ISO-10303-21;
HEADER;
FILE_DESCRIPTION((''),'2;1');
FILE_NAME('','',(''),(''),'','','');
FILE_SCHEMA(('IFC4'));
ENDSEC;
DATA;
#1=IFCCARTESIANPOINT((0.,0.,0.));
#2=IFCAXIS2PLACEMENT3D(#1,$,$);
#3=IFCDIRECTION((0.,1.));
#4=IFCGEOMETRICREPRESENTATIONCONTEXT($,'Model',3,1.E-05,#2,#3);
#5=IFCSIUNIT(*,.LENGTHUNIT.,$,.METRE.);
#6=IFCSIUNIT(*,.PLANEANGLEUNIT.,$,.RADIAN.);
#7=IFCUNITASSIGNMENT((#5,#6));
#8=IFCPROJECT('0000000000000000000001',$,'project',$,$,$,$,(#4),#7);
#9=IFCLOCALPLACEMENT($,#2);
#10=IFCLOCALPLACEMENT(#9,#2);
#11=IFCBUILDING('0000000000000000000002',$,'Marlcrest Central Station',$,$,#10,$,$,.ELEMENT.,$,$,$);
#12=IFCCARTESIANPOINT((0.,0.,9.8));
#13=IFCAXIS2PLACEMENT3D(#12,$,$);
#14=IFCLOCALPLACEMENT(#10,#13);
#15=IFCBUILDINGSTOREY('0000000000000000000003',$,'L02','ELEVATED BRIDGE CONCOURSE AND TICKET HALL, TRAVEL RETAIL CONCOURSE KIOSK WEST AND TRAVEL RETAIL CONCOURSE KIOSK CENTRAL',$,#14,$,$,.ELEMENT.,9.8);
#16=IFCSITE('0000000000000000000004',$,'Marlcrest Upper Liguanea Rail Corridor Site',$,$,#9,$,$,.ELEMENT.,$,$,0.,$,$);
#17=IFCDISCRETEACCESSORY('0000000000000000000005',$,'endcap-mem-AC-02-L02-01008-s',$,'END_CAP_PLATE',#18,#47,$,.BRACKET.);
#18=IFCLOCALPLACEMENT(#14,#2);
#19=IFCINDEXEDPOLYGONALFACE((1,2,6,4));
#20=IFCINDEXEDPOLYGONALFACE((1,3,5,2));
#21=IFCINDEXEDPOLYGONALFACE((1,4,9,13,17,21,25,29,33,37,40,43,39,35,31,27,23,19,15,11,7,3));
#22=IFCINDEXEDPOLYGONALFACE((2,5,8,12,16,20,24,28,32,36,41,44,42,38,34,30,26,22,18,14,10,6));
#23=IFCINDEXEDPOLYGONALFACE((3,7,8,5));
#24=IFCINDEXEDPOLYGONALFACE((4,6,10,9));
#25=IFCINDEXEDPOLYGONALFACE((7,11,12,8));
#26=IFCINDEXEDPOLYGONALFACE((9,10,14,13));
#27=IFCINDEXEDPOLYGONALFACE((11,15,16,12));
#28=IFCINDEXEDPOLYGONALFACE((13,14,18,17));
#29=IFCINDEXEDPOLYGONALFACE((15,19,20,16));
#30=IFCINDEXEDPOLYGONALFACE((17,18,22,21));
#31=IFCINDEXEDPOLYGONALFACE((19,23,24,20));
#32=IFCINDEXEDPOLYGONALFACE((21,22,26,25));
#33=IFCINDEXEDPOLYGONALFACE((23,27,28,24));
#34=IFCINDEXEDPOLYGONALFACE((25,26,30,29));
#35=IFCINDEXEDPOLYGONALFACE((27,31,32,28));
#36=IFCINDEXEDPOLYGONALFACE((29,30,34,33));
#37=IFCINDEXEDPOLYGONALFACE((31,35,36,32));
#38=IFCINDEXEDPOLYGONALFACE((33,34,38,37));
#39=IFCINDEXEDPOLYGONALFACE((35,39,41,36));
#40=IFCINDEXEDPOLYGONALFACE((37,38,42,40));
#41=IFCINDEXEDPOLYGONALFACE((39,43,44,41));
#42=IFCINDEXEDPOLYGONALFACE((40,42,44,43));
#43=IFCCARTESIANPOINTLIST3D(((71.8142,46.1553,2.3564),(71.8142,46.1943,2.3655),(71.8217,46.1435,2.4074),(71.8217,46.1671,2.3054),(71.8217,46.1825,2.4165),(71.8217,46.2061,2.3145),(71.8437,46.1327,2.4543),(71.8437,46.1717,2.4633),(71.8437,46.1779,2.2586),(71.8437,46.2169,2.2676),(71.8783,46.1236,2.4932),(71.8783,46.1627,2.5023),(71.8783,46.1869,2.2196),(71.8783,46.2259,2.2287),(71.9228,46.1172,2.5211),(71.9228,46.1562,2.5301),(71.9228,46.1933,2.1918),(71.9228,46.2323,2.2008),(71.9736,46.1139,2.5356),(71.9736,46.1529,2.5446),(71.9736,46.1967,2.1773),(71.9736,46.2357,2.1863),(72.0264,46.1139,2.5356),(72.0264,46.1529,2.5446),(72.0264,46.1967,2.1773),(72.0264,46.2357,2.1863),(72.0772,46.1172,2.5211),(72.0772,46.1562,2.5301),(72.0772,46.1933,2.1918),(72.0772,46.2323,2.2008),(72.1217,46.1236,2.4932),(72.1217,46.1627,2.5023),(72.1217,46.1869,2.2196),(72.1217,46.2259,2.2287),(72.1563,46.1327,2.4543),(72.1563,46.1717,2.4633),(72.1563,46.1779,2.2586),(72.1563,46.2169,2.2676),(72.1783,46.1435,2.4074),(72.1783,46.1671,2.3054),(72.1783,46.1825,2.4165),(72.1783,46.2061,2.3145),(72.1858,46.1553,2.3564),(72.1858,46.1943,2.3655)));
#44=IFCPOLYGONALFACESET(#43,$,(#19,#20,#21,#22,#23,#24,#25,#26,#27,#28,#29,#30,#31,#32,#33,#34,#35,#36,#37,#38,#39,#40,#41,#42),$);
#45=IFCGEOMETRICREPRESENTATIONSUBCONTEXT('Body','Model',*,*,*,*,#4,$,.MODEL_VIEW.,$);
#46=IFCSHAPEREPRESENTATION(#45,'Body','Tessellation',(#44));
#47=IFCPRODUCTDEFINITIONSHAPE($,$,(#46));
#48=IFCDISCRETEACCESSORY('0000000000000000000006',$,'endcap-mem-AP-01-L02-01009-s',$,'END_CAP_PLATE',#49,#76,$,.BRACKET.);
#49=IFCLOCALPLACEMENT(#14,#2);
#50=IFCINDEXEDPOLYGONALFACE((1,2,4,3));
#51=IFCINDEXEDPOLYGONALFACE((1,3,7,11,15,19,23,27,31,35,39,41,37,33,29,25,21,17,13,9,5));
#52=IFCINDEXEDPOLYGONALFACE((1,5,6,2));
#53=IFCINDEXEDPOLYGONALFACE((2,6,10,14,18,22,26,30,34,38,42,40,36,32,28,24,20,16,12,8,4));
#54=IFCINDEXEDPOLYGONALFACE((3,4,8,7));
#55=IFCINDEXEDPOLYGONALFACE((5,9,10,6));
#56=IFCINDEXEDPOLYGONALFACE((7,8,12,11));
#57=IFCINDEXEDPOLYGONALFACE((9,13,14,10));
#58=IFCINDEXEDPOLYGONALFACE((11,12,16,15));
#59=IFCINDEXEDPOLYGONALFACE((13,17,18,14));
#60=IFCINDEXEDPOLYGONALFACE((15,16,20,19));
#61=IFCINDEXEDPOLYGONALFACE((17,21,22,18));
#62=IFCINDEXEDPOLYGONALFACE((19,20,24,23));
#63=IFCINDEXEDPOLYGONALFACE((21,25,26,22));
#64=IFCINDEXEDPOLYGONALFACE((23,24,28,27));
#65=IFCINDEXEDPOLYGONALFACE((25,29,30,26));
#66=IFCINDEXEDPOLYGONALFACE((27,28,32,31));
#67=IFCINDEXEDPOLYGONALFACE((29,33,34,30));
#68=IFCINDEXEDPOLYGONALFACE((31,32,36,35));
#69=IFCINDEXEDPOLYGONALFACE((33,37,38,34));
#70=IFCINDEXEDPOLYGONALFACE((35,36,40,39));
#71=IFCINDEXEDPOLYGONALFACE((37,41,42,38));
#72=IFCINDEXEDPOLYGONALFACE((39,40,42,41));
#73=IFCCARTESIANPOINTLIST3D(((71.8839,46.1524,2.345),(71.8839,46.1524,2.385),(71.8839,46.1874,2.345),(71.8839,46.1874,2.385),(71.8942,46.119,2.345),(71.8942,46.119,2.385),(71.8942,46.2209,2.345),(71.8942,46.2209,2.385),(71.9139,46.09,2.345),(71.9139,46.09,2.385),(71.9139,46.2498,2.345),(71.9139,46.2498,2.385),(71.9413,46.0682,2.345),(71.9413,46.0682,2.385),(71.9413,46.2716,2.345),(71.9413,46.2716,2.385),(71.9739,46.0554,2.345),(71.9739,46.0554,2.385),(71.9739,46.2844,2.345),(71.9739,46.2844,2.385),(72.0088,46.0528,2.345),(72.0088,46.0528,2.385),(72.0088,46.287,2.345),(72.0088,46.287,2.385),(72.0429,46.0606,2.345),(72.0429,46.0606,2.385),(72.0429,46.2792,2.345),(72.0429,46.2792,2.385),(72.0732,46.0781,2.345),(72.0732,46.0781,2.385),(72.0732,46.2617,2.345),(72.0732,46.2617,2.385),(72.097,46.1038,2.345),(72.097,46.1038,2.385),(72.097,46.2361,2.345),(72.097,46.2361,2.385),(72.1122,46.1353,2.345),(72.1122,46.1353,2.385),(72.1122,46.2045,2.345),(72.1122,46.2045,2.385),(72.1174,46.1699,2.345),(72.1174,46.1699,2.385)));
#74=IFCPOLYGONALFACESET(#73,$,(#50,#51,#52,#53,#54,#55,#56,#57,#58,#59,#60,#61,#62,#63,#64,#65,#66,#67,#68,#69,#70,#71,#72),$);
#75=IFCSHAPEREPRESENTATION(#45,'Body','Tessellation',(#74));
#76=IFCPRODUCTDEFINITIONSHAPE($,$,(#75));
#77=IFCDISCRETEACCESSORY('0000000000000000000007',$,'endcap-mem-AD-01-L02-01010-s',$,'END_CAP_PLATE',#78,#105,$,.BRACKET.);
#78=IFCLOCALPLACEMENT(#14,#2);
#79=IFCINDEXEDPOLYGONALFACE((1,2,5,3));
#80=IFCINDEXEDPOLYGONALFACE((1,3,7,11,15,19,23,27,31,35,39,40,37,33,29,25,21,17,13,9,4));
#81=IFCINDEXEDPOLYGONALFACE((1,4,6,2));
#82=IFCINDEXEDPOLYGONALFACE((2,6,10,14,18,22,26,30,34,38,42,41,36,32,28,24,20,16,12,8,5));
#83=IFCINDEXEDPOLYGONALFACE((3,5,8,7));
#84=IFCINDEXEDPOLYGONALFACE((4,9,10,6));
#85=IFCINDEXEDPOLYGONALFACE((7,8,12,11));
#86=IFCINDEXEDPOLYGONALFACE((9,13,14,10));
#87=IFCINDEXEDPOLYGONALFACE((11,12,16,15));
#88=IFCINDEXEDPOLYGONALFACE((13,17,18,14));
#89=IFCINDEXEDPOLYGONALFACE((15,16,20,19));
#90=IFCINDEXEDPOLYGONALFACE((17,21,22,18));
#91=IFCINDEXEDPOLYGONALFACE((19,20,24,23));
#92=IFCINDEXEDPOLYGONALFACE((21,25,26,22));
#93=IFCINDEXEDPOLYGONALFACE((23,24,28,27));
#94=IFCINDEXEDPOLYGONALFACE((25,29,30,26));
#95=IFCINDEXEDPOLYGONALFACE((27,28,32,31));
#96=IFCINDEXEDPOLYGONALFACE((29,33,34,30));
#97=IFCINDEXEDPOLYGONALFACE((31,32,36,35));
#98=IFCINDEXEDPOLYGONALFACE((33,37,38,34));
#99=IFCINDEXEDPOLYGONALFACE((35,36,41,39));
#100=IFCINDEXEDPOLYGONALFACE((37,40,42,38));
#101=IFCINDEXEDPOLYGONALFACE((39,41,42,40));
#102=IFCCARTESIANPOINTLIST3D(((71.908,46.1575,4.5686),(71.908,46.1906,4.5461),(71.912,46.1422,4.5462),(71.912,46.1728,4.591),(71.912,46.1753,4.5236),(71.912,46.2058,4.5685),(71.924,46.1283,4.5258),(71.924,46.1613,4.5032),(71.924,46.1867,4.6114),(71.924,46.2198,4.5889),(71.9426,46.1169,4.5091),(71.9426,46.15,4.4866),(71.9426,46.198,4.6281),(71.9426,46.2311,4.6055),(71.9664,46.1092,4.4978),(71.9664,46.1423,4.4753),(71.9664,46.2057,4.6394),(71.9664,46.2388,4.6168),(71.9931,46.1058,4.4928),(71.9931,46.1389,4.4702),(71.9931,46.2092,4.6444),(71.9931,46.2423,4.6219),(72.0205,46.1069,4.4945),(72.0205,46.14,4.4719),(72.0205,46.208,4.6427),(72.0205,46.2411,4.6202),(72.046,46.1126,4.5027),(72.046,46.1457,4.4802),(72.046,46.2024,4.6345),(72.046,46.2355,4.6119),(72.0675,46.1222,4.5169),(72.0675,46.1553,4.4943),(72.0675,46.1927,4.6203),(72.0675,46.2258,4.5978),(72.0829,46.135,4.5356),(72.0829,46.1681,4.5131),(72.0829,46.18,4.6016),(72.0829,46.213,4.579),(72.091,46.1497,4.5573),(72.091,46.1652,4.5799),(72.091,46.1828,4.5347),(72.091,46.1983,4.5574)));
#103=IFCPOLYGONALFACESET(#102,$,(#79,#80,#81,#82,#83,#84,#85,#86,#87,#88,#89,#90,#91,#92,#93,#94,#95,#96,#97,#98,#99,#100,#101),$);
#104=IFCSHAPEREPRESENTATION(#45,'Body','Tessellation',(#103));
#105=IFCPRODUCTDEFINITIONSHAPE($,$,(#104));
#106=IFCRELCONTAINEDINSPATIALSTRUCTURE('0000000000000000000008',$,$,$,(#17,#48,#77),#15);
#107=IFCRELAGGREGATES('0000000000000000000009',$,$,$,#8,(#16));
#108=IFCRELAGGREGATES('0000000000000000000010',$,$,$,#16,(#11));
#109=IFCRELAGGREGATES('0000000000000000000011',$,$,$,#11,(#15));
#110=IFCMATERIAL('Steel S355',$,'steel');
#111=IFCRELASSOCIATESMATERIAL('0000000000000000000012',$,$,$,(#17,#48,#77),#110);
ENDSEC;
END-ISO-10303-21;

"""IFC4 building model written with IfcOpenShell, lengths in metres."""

from ifc_helpers import new_model, si_unit, direction, frame, origin, origin_2d, place, context, subcontext, project, spatial, circle, extrude, material, element, save


model = new_model("IFC4")

# Units and contexts
model_context = context("Model", 3, precision=1e-05, world=origin(), true_north=direction((0.0, 1.0)))
body_context = subcontext(model_context, "Body", "Model", "MODEL_VIEW")
ifc_project = project(units=[si_unit("LENGTHUNIT", "METRE"), si_unit("PLANEANGLEUNIT", "RADIAN")], contexts=[model_context])

# Site, building, storey
site_placement = place(None, origin())
site = spatial("IfcSite", under=ifc_project, at=site_placement, Name="Marlcrest Upper Liguanea Rail Corridor Site", CompositionType="ELEMENT", RefElevation=0.0)
building_placement = place(site_placement, origin())
building = spatial("IfcBuilding", under=site, at=building_placement, Name="Marlcrest Central Station", CompositionType="ELEMENT")
storey_placement = place(building_placement, frame((0.0, 0.0, 9.8)))
storey = spatial("IfcBuildingStorey", under=building, at=storey_placement, Name="L02", Description="ELEVATED BRIDGE CONCOURSE AND TICKET HALL, TRAVEL RETAIL CONCOURSE KIOSK WEST AND TRAVEL RETAIL CONCOURSE KIOSK CENTRAL", CompositionType="ELEMENT", Elevation=9.8)

# Shared definitions
ifc_material = material(Name="Steel S355", Category="steel")

# Discrete accessories
discrete_accessory_1_placement = place(storey_placement, frame((72.0, 46.1553, 2.3564), z_axis=(0.0, 0.974308, 0.22522), x_axis=(-1.0, 0.0, 0.0)))
element("IfcDiscreteAccessory", 1, at=discrete_accessory_1_placement, inside=storey, material=ifc_material, Name="endcap-mem-AC-02-L02-01008-s", ObjectType="END_CAP_PLATE", PredefinedType="BRACKET", context=body_context, shape_type="SweptSolid", body=[
    extrude(circle(Radius=0.1858, at=origin_2d()), origin(), (0.0, 0.0, 1.0), 0.04),
])
discrete_accessory_2_placement = place(storey_placement, frame((72.0, 46.1699, 2.345), z_axis=(0.0, 0.0, 1.0), x_axis=(1.0, 0.0, 0.0)))
element("IfcDiscreteAccessory", 2, at=discrete_accessory_2_placement, inside=storey, material=ifc_material, Name="endcap-mem-AP-01-L02-01009-s", ObjectType="END_CAP_PLATE", PredefinedType="BRACKET", context=body_context, shape_type="SweptSolid", body=[
    extrude(circle(Radius=0.1174, at=origin_2d()), origin(), (0.0, 0.0, 1.0), 0.04),
])
discrete_accessory_3_placement = place(storey_placement, frame((72.0, 46.1575, 4.5686), z_axis=(0.0, 0.826263, -0.563285), x_axis=(-1.0, 0.0, 0.0)))
element("IfcDiscreteAccessory", 3, at=discrete_accessory_3_placement, inside=storey, material=ifc_material, Name="endcap-mem-AD-01-L02-01010-s", ObjectType="END_CAP_PLATE", PredefinedType="BRACKET", context=body_context, shape_type="SweptSolid", body=[
    extrude(circle(Radius=0.092, at=origin_2d()), origin(), (0.0, 0.0, 1.0), 0.04),
])

save(model, "model.ifc")
